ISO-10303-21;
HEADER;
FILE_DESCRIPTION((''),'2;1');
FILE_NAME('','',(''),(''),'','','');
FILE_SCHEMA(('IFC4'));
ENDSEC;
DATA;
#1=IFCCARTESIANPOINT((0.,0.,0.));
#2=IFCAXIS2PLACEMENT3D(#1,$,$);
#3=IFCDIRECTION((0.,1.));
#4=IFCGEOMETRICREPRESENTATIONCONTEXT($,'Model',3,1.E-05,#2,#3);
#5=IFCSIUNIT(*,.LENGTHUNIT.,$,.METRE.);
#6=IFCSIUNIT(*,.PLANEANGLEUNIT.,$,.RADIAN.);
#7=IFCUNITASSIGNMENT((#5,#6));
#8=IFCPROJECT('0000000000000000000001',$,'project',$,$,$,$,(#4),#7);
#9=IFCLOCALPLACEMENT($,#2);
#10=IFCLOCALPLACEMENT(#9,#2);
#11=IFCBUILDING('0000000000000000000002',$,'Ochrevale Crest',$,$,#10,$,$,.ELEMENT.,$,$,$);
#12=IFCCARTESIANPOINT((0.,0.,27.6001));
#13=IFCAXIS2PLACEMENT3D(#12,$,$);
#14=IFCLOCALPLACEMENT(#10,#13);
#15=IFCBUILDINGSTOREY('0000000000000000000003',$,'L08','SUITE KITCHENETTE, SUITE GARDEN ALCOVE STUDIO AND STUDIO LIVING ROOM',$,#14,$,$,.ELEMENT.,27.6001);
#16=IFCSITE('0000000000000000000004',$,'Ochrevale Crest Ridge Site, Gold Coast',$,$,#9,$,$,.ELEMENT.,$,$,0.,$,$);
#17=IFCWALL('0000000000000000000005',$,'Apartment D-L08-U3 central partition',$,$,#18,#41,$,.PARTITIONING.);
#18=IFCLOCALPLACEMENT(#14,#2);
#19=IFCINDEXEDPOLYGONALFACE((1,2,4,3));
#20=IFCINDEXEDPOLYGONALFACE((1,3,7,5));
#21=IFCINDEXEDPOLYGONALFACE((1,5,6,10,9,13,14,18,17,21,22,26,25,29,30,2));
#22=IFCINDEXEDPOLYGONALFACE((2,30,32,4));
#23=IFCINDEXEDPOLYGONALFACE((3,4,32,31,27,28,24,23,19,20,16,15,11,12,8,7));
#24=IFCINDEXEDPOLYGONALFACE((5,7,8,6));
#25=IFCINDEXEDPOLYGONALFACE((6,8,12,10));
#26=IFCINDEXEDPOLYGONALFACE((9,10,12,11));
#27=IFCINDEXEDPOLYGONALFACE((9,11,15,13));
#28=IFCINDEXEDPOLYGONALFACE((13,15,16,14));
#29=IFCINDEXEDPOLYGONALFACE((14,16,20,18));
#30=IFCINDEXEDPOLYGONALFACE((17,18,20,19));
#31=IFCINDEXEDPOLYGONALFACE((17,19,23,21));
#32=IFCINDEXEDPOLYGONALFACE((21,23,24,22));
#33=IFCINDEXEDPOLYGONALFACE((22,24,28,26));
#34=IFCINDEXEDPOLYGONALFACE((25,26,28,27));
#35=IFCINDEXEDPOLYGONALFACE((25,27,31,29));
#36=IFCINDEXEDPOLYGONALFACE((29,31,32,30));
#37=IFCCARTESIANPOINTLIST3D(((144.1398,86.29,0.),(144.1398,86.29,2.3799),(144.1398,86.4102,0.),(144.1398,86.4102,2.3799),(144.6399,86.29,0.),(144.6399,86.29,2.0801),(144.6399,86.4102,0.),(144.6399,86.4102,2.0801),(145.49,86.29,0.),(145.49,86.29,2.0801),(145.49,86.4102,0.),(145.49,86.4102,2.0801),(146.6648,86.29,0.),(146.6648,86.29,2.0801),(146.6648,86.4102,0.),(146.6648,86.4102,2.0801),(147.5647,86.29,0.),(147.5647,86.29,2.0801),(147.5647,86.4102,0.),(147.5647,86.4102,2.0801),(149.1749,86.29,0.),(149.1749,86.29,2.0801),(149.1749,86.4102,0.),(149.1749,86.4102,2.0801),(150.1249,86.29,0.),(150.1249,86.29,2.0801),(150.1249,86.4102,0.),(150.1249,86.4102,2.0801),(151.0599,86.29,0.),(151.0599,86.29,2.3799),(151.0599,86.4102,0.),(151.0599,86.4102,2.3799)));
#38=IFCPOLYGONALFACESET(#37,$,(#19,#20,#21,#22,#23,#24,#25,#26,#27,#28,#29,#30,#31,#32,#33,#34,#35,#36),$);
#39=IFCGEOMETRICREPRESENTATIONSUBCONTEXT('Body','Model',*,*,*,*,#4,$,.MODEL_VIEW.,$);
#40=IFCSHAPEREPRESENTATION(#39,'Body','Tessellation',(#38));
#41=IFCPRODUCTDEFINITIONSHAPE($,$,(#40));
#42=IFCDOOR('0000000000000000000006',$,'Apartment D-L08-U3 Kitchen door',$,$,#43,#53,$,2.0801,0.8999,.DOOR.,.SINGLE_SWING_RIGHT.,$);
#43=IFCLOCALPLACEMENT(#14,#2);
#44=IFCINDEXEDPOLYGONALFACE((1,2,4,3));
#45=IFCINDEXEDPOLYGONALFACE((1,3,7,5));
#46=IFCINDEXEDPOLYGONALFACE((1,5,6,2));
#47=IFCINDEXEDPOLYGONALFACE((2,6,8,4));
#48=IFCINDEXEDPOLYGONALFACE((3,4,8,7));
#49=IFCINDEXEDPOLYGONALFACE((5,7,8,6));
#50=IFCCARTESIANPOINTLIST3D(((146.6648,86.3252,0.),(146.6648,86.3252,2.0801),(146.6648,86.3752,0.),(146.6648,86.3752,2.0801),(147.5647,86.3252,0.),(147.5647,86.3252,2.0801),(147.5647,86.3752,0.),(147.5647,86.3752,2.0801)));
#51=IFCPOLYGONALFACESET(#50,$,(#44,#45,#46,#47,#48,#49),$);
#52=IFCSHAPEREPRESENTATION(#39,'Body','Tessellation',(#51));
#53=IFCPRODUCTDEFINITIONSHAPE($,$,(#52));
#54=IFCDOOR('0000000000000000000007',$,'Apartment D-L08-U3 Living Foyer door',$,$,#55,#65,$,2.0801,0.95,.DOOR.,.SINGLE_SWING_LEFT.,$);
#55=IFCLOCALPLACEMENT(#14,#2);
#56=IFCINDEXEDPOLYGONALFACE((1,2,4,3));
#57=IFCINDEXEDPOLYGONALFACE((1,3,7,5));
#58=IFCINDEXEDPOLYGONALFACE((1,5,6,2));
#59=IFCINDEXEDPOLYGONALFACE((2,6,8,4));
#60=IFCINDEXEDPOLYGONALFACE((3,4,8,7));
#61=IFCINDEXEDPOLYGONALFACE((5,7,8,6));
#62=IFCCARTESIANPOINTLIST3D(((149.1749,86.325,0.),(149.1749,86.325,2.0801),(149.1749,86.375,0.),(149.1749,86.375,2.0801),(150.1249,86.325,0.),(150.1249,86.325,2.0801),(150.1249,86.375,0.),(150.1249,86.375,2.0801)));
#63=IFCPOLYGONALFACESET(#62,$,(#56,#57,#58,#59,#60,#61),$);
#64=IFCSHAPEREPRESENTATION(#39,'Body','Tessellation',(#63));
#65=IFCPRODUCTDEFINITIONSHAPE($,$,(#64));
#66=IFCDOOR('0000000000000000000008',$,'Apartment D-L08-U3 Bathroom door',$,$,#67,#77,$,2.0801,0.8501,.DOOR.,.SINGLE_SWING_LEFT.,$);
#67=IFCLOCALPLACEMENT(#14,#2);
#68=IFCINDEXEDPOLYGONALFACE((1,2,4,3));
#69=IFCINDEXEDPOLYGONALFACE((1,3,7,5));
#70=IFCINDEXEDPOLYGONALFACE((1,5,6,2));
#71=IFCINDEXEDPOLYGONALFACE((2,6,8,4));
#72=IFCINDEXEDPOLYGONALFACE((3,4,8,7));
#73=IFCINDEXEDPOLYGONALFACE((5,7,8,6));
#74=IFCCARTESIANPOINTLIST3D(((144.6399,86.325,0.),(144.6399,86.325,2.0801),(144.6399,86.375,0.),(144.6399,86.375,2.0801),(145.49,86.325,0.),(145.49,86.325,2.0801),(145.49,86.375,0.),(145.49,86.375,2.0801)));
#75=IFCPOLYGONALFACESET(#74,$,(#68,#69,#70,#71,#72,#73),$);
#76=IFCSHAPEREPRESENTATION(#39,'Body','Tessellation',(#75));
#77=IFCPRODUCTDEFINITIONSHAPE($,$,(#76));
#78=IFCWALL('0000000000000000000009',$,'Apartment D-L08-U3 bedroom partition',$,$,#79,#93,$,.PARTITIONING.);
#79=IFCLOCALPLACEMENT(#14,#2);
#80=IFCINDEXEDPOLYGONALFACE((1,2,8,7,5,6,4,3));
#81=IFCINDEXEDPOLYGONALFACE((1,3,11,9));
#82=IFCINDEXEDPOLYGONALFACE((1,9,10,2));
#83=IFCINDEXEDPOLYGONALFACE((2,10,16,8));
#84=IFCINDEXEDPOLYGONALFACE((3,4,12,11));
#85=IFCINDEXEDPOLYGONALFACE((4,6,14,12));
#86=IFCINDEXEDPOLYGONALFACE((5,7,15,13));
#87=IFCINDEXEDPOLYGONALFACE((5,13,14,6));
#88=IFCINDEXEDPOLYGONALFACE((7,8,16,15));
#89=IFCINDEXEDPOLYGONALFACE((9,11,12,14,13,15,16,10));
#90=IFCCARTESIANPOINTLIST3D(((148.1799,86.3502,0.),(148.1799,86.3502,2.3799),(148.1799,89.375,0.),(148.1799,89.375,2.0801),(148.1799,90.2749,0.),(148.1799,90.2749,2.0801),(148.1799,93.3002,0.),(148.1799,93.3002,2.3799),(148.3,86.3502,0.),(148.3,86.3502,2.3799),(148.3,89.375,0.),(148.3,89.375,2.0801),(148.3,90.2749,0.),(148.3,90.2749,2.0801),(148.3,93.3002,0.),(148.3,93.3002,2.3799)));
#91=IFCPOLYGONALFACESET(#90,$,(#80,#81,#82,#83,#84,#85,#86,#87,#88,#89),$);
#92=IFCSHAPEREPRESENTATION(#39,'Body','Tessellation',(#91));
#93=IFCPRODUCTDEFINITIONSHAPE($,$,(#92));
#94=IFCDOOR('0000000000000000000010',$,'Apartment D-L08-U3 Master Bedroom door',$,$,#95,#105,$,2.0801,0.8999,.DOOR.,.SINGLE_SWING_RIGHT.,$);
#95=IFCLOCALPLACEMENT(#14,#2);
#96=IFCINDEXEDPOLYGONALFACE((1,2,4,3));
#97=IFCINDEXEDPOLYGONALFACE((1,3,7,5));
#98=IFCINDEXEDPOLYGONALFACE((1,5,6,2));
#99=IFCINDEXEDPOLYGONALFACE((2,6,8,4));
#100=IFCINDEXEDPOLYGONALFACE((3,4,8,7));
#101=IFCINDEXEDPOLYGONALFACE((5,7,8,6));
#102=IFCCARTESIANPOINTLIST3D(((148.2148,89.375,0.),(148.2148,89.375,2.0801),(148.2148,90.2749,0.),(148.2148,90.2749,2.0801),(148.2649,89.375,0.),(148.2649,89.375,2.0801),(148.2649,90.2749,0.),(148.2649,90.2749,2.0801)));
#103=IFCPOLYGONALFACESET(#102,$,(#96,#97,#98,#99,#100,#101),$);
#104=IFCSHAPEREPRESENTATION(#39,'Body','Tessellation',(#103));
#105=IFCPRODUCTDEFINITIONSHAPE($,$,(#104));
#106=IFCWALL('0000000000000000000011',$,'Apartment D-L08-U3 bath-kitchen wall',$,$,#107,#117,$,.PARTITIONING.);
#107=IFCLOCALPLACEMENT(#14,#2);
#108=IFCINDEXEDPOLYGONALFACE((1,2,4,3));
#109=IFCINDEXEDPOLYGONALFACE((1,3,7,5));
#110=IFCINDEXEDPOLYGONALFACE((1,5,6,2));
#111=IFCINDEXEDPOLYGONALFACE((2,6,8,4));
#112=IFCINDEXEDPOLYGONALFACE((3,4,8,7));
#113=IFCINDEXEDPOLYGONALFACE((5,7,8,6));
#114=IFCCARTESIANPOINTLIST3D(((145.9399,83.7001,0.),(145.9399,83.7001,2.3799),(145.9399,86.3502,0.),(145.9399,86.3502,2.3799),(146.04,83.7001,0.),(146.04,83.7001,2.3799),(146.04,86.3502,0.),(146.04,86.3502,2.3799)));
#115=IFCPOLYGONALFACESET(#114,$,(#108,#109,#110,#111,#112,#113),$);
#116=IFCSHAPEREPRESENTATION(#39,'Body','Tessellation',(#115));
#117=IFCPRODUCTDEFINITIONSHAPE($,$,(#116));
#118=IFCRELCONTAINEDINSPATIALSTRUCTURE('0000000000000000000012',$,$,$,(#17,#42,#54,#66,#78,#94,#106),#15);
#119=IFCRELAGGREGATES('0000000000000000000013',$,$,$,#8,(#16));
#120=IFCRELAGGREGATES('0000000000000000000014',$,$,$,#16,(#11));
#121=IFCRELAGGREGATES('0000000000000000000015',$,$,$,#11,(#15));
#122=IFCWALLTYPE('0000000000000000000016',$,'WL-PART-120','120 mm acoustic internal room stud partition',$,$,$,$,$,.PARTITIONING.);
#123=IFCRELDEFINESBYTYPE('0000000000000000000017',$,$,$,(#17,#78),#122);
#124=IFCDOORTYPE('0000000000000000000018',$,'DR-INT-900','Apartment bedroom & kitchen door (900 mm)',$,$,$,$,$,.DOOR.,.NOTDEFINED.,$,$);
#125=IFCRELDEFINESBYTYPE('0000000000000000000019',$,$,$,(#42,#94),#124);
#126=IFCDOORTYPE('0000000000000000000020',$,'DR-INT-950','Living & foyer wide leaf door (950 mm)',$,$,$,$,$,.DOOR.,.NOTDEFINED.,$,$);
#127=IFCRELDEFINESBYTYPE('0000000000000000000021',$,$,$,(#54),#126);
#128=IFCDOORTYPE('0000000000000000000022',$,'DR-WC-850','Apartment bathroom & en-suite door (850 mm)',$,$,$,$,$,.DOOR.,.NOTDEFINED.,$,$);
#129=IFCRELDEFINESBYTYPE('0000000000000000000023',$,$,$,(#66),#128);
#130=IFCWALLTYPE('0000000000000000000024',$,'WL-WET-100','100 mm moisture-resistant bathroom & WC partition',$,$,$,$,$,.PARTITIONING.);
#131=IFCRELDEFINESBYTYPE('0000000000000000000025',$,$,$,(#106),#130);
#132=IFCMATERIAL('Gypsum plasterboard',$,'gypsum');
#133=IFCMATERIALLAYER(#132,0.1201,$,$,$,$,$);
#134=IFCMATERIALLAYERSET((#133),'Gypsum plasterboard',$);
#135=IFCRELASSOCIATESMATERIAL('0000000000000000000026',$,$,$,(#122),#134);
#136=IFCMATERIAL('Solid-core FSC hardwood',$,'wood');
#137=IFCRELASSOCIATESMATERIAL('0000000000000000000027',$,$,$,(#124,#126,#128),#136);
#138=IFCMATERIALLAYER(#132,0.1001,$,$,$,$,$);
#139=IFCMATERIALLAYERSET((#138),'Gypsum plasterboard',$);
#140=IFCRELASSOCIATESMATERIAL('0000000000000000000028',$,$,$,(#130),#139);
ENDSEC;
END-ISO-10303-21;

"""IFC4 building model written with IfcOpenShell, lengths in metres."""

from ifc_helpers import new_model, si_unit, direction, frame, frame_2d, origin, place, context, subcontext, project, spatial, rectangle, extrude, material, layer, layer_set, type_object, element, fill, save


model = new_model("IFC4")

# Units and contexts
model_context = context("Model", 3, precision=1e-05, world=origin(), true_north=direction((0.0, 1.0)))
body_context = subcontext(model_context, "Body", "Model", "MODEL_VIEW")
ifc_project = project(units=[si_unit("LENGTHUNIT", "METRE"), si_unit("PLANEANGLEUNIT", "RADIAN")], contexts=[model_context])

# Site, building, storey
site_placement = place(None, origin())
site = spatial("IfcSite", under=ifc_project, at=site_placement, Name="Ochrevale Crest Ridge Site, Gold Coast", CompositionType="ELEMENT", RefElevation=0.0)
building_placement = place(site_placement, origin())
building = spatial("IfcBuilding", under=site, at=building_placement, Name="Ochrevale Crest", CompositionType="ELEMENT")
storey_placement = place(building_placement, frame((0.0, 0.0, 27.6001)))
storey = spatial("IfcBuildingStorey", under=building, at=storey_placement, Name="L08", Description="SUITE KITCHENETTE, SUITE GARDEN ALCOVE STUDIO AND STUDIO LIVING ROOM", CompositionType="ELEMENT", Elevation=27.6001)

# Shared definitions
ifc_material_1 = material(Name="Gypsum plasterboard", Category="gypsum")
ifc_material_2 = material(Name="Solid-core FSC hardwood", Category="wood")

# Shared definitions
ifc_layer_1 = layer(ifc_material_1, 0.1201)
ifc_layer_set_1 = layer_set([ifc_layer_1], Name="Gypsum plasterboard")
wall_type_1 = type_object("IfcWallType", Name="WL-PART-120", Description="120 mm acoustic internal room stud partition", PredefinedType="PARTITIONING", material=ifc_layer_set_1)

# Wall, openings, doors
wall_1_placement = place(storey_placement, frame((144.1399, 86.3501, 0.0), z_axis=(0.0, 0.0, 1.0), x_axis=(1.0, 0.0, 0.0)))
wall_1 = element("IfcWall", 1, at=wall_1_placement, inside=storey, type_object=wall_type_1, Name="Apartment D-L08-U3 central partition", PredefinedType="PARTITIONING", context=body_context, shape_type="SweptSolid", body=[
    extrude(rectangle(XDim=6.9202, YDim=0.1201, at=frame_2d((3.46, 0.0))), origin(), (0.0, 0.0, 1.0), 2.3799),
])
opening_1_placement = place(wall_1_placement, frame((0.5, 0.0, 0.0)))
opening_1 = element("IfcOpeningElement", 2, at=opening_1_placement, cuts=wall_1, PredefinedType="OPENING", context=body_context, shape_type="SweptSolid", body=[
    extrude(rectangle(XDim=0.8501, YDim=2.0801, at=frame_2d((0.425, 1.04))), frame((0.0, 0.0701, 0.0), z_axis=(0.0, -1.0, 0.0), x_axis=(1.0, 0.0, 0.0)), (0.0, 0.0, 1.0), 0.1401),
])
opening_2_placement = place(wall_1_placement, frame((3.4248, 0.0, 0.0), z_axis=(0.0, 0.0, 1.0), x_axis=(-1.0, 0.0, 0.0)))
opening_2 = element("IfcOpeningElement", 3, at=opening_2_placement, cuts=wall_1, PredefinedType="OPENING", context=body_context, shape_type="SweptSolid", body=[
    extrude(rectangle(XDim=0.8999, YDim=2.0801, at=frame_2d((0.45, 1.04))), frame((0.0, 0.0701, 0.0), z_axis=(0.0, -1.0, 0.0), x_axis=(1.0, 0.0, 0.0)), (0.0, 0.0, 1.0), 0.1401),
])
opening_3_placement = place(wall_1_placement, frame((5.0349, 0.0, 0.0)))
opening_3 = element("IfcOpeningElement", 4, at=opening_3_placement, cuts=wall_1, PredefinedType="OPENING", context=body_context, shape_type="SweptSolid", body=[
    extrude(rectangle(XDim=0.95, YDim=2.0801, at=frame_2d((0.4751, 1.04))), frame((0.0, 0.0701, 0.0), z_axis=(0.0, -1.0, 0.0), x_axis=(1.0, 0.0, 0.0)), (0.0, 0.0, 1.0), 0.1401),
])
door_type_1 = type_object("IfcDoorType", Name="DR-INT-900", Description="Apartment bedroom & kitchen door (900 mm)", OperationType="NOTDEFINED", PredefinedType="DOOR", material=ifc_material_2)
door_1_placement = place(opening_2_placement, origin())
door_1 = element("IfcDoor", 5, at=door_1_placement, inside=storey, type_object=door_type_1, Name="Apartment D-L08-U3 Kitchen door", OperationType="SINGLE_SWING_RIGHT", OverallHeight=2.0801, OverallWidth=0.8999, PredefinedType="DOOR", context=body_context, shape_type="SweptSolid", body=[
    extrude(rectangle(XDim=0.8999, YDim=2.0801, at=frame_2d((0.45, 1.04))), frame((0.0, 0.0249, 0.0), z_axis=(0.0, -1.0, 0.0), x_axis=(1.0, 0.0, 0.0)), (0.0, 0.0, 1.0), 0.05),
])
fill(opening_2, door_1)
door_type_2 = type_object("IfcDoorType", Name="DR-INT-950", Description="Living & foyer wide leaf door (950 mm)", OperationType="NOTDEFINED", PredefinedType="DOOR", material=ifc_material_2)
door_2_placement = place(opening_3_placement, origin())
door_2 = element("IfcDoor", 6, at=door_2_placement, inside=storey, type_object=door_type_2, Name="Apartment D-L08-U3 Living Foyer door", OperationType="SINGLE_SWING_LEFT", OverallHeight=2.0801, OverallWidth=0.95, PredefinedType="DOOR", context=body_context, shape_type="SweptSolid", body=[
    extrude(rectangle(XDim=0.95, YDim=2.0801, at=frame_2d((0.4751, 1.04))), frame((0.0, 0.0249, 0.0), z_axis=(0.0, -1.0, 0.0), x_axis=(1.0, 0.0, 0.0)), (0.0, 0.0, 1.0), 0.05),
])
fill(opening_3, door_2)
door_type_3 = type_object("IfcDoorType", Name="DR-WC-850", Description="Apartment bathroom & en-suite door (850 mm)", OperationType="NOTDEFINED", PredefinedType="DOOR", material=ifc_material_2)
door_3_placement = place(opening_1_placement, origin())
door_3 = element("IfcDoor", 7, at=door_3_placement, inside=storey, type_object=door_type_3, Name="Apartment D-L08-U3 Bathroom door", OperationType="SINGLE_SWING_LEFT", OverallHeight=2.0801, OverallWidth=0.8501, PredefinedType="DOOR", context=body_context, shape_type="SweptSolid", body=[
    extrude(rectangle(XDim=0.8501, YDim=2.0801, at=frame_2d((0.425, 1.04))), frame((0.0, 0.0249, 0.0), z_axis=(0.0, -1.0, 0.0), x_axis=(1.0, 0.0, 0.0)), (0.0, 0.0, 1.0), 0.05),
])
fill(opening_1, door_3)

# Wall, opening, door
wall_2_placement = place(storey_placement, frame((148.24, 86.3501, 0.0), z_axis=(0.0, 0.0, 1.0), x_axis=(0.0, 1.0, 0.0)))
wall_2 = element("IfcWall", 8, at=wall_2_placement, inside=storey, type_object=wall_type_1, Name="Apartment D-L08-U3 bedroom partition", PredefinedType="PARTITIONING", context=body_context, shape_type="SweptSolid", body=[
    extrude(rectangle(XDim=6.95, YDim=0.1201, at=frame_2d((3.4751, 0.0))), origin(), (0.0, 0.0, 1.0), 2.3799),
])
opening_4_placement = place(wall_2_placement, frame((3.9248, 0.0, 0.0), z_axis=(0.0, 0.0, 1.0), x_axis=(-1.0, 0.0, 0.0)))
opening_4 = element("IfcOpeningElement", 9, at=opening_4_placement, cuts=wall_2, PredefinedType="OPENING", context=body_context, shape_type="SweptSolid", body=[
    extrude(rectangle(XDim=0.8999, YDim=2.0801, at=frame_2d((0.45, 1.04))), frame((0.0, 0.0701, 0.0), z_axis=(0.0, -1.0, 0.0), x_axis=(1.0, 0.0, 0.0)), (0.0, 0.0, 1.0), 0.1401),
])
door_4_placement = place(opening_4_placement, origin())
door_4 = element("IfcDoor", 10, at=door_4_placement, inside=storey, type_object=door_type_1, Name="Apartment D-L08-U3 Master Bedroom door", OperationType="SINGLE_SWING_RIGHT", OverallHeight=2.0801, OverallWidth=0.8999, PredefinedType="DOOR", context=body_context, shape_type="SweptSolid", body=[
    extrude(rectangle(XDim=0.8999, YDim=2.0801, at=frame_2d((0.45, 1.04))), frame((0.0, 0.0249, 0.0), z_axis=(0.0, -1.0, 0.0), x_axis=(1.0, 0.0, 0.0)), (0.0, 0.0, 1.0), 0.05),
])
fill(opening_4, door_4)

# Wall
ifc_layer_2 = layer(ifc_material_1, 0.1001)
ifc_layer_set_2 = layer_set([ifc_layer_2], Name="Gypsum plasterboard")
wall_type_2 = type_object("IfcWallType", Name="WL-WET-100", Description="100 mm moisture-resistant bathroom & WC partition", PredefinedType="PARTITIONING", material=ifc_layer_set_2)
wall_3_placement = place(storey_placement, frame((145.99, 83.7, 0.0), z_axis=(0.0, 0.0, 1.0), x_axis=(0.0, 1.0, 0.0)))
element("IfcWall", 11, at=wall_3_placement, inside=storey, type_object=wall_type_2, Name="Apartment D-L08-U3 bath-kitchen wall", PredefinedType="PARTITIONING", context=body_context, shape_type="SweptSolid", body=[
    extrude(rectangle(XDim=2.6501, YDim=0.1001, at=frame_2d((1.3252, 0.0))), origin(), (0.0, 0.0, 1.0), 2.3799),
])

save(model, "model.ifc")
